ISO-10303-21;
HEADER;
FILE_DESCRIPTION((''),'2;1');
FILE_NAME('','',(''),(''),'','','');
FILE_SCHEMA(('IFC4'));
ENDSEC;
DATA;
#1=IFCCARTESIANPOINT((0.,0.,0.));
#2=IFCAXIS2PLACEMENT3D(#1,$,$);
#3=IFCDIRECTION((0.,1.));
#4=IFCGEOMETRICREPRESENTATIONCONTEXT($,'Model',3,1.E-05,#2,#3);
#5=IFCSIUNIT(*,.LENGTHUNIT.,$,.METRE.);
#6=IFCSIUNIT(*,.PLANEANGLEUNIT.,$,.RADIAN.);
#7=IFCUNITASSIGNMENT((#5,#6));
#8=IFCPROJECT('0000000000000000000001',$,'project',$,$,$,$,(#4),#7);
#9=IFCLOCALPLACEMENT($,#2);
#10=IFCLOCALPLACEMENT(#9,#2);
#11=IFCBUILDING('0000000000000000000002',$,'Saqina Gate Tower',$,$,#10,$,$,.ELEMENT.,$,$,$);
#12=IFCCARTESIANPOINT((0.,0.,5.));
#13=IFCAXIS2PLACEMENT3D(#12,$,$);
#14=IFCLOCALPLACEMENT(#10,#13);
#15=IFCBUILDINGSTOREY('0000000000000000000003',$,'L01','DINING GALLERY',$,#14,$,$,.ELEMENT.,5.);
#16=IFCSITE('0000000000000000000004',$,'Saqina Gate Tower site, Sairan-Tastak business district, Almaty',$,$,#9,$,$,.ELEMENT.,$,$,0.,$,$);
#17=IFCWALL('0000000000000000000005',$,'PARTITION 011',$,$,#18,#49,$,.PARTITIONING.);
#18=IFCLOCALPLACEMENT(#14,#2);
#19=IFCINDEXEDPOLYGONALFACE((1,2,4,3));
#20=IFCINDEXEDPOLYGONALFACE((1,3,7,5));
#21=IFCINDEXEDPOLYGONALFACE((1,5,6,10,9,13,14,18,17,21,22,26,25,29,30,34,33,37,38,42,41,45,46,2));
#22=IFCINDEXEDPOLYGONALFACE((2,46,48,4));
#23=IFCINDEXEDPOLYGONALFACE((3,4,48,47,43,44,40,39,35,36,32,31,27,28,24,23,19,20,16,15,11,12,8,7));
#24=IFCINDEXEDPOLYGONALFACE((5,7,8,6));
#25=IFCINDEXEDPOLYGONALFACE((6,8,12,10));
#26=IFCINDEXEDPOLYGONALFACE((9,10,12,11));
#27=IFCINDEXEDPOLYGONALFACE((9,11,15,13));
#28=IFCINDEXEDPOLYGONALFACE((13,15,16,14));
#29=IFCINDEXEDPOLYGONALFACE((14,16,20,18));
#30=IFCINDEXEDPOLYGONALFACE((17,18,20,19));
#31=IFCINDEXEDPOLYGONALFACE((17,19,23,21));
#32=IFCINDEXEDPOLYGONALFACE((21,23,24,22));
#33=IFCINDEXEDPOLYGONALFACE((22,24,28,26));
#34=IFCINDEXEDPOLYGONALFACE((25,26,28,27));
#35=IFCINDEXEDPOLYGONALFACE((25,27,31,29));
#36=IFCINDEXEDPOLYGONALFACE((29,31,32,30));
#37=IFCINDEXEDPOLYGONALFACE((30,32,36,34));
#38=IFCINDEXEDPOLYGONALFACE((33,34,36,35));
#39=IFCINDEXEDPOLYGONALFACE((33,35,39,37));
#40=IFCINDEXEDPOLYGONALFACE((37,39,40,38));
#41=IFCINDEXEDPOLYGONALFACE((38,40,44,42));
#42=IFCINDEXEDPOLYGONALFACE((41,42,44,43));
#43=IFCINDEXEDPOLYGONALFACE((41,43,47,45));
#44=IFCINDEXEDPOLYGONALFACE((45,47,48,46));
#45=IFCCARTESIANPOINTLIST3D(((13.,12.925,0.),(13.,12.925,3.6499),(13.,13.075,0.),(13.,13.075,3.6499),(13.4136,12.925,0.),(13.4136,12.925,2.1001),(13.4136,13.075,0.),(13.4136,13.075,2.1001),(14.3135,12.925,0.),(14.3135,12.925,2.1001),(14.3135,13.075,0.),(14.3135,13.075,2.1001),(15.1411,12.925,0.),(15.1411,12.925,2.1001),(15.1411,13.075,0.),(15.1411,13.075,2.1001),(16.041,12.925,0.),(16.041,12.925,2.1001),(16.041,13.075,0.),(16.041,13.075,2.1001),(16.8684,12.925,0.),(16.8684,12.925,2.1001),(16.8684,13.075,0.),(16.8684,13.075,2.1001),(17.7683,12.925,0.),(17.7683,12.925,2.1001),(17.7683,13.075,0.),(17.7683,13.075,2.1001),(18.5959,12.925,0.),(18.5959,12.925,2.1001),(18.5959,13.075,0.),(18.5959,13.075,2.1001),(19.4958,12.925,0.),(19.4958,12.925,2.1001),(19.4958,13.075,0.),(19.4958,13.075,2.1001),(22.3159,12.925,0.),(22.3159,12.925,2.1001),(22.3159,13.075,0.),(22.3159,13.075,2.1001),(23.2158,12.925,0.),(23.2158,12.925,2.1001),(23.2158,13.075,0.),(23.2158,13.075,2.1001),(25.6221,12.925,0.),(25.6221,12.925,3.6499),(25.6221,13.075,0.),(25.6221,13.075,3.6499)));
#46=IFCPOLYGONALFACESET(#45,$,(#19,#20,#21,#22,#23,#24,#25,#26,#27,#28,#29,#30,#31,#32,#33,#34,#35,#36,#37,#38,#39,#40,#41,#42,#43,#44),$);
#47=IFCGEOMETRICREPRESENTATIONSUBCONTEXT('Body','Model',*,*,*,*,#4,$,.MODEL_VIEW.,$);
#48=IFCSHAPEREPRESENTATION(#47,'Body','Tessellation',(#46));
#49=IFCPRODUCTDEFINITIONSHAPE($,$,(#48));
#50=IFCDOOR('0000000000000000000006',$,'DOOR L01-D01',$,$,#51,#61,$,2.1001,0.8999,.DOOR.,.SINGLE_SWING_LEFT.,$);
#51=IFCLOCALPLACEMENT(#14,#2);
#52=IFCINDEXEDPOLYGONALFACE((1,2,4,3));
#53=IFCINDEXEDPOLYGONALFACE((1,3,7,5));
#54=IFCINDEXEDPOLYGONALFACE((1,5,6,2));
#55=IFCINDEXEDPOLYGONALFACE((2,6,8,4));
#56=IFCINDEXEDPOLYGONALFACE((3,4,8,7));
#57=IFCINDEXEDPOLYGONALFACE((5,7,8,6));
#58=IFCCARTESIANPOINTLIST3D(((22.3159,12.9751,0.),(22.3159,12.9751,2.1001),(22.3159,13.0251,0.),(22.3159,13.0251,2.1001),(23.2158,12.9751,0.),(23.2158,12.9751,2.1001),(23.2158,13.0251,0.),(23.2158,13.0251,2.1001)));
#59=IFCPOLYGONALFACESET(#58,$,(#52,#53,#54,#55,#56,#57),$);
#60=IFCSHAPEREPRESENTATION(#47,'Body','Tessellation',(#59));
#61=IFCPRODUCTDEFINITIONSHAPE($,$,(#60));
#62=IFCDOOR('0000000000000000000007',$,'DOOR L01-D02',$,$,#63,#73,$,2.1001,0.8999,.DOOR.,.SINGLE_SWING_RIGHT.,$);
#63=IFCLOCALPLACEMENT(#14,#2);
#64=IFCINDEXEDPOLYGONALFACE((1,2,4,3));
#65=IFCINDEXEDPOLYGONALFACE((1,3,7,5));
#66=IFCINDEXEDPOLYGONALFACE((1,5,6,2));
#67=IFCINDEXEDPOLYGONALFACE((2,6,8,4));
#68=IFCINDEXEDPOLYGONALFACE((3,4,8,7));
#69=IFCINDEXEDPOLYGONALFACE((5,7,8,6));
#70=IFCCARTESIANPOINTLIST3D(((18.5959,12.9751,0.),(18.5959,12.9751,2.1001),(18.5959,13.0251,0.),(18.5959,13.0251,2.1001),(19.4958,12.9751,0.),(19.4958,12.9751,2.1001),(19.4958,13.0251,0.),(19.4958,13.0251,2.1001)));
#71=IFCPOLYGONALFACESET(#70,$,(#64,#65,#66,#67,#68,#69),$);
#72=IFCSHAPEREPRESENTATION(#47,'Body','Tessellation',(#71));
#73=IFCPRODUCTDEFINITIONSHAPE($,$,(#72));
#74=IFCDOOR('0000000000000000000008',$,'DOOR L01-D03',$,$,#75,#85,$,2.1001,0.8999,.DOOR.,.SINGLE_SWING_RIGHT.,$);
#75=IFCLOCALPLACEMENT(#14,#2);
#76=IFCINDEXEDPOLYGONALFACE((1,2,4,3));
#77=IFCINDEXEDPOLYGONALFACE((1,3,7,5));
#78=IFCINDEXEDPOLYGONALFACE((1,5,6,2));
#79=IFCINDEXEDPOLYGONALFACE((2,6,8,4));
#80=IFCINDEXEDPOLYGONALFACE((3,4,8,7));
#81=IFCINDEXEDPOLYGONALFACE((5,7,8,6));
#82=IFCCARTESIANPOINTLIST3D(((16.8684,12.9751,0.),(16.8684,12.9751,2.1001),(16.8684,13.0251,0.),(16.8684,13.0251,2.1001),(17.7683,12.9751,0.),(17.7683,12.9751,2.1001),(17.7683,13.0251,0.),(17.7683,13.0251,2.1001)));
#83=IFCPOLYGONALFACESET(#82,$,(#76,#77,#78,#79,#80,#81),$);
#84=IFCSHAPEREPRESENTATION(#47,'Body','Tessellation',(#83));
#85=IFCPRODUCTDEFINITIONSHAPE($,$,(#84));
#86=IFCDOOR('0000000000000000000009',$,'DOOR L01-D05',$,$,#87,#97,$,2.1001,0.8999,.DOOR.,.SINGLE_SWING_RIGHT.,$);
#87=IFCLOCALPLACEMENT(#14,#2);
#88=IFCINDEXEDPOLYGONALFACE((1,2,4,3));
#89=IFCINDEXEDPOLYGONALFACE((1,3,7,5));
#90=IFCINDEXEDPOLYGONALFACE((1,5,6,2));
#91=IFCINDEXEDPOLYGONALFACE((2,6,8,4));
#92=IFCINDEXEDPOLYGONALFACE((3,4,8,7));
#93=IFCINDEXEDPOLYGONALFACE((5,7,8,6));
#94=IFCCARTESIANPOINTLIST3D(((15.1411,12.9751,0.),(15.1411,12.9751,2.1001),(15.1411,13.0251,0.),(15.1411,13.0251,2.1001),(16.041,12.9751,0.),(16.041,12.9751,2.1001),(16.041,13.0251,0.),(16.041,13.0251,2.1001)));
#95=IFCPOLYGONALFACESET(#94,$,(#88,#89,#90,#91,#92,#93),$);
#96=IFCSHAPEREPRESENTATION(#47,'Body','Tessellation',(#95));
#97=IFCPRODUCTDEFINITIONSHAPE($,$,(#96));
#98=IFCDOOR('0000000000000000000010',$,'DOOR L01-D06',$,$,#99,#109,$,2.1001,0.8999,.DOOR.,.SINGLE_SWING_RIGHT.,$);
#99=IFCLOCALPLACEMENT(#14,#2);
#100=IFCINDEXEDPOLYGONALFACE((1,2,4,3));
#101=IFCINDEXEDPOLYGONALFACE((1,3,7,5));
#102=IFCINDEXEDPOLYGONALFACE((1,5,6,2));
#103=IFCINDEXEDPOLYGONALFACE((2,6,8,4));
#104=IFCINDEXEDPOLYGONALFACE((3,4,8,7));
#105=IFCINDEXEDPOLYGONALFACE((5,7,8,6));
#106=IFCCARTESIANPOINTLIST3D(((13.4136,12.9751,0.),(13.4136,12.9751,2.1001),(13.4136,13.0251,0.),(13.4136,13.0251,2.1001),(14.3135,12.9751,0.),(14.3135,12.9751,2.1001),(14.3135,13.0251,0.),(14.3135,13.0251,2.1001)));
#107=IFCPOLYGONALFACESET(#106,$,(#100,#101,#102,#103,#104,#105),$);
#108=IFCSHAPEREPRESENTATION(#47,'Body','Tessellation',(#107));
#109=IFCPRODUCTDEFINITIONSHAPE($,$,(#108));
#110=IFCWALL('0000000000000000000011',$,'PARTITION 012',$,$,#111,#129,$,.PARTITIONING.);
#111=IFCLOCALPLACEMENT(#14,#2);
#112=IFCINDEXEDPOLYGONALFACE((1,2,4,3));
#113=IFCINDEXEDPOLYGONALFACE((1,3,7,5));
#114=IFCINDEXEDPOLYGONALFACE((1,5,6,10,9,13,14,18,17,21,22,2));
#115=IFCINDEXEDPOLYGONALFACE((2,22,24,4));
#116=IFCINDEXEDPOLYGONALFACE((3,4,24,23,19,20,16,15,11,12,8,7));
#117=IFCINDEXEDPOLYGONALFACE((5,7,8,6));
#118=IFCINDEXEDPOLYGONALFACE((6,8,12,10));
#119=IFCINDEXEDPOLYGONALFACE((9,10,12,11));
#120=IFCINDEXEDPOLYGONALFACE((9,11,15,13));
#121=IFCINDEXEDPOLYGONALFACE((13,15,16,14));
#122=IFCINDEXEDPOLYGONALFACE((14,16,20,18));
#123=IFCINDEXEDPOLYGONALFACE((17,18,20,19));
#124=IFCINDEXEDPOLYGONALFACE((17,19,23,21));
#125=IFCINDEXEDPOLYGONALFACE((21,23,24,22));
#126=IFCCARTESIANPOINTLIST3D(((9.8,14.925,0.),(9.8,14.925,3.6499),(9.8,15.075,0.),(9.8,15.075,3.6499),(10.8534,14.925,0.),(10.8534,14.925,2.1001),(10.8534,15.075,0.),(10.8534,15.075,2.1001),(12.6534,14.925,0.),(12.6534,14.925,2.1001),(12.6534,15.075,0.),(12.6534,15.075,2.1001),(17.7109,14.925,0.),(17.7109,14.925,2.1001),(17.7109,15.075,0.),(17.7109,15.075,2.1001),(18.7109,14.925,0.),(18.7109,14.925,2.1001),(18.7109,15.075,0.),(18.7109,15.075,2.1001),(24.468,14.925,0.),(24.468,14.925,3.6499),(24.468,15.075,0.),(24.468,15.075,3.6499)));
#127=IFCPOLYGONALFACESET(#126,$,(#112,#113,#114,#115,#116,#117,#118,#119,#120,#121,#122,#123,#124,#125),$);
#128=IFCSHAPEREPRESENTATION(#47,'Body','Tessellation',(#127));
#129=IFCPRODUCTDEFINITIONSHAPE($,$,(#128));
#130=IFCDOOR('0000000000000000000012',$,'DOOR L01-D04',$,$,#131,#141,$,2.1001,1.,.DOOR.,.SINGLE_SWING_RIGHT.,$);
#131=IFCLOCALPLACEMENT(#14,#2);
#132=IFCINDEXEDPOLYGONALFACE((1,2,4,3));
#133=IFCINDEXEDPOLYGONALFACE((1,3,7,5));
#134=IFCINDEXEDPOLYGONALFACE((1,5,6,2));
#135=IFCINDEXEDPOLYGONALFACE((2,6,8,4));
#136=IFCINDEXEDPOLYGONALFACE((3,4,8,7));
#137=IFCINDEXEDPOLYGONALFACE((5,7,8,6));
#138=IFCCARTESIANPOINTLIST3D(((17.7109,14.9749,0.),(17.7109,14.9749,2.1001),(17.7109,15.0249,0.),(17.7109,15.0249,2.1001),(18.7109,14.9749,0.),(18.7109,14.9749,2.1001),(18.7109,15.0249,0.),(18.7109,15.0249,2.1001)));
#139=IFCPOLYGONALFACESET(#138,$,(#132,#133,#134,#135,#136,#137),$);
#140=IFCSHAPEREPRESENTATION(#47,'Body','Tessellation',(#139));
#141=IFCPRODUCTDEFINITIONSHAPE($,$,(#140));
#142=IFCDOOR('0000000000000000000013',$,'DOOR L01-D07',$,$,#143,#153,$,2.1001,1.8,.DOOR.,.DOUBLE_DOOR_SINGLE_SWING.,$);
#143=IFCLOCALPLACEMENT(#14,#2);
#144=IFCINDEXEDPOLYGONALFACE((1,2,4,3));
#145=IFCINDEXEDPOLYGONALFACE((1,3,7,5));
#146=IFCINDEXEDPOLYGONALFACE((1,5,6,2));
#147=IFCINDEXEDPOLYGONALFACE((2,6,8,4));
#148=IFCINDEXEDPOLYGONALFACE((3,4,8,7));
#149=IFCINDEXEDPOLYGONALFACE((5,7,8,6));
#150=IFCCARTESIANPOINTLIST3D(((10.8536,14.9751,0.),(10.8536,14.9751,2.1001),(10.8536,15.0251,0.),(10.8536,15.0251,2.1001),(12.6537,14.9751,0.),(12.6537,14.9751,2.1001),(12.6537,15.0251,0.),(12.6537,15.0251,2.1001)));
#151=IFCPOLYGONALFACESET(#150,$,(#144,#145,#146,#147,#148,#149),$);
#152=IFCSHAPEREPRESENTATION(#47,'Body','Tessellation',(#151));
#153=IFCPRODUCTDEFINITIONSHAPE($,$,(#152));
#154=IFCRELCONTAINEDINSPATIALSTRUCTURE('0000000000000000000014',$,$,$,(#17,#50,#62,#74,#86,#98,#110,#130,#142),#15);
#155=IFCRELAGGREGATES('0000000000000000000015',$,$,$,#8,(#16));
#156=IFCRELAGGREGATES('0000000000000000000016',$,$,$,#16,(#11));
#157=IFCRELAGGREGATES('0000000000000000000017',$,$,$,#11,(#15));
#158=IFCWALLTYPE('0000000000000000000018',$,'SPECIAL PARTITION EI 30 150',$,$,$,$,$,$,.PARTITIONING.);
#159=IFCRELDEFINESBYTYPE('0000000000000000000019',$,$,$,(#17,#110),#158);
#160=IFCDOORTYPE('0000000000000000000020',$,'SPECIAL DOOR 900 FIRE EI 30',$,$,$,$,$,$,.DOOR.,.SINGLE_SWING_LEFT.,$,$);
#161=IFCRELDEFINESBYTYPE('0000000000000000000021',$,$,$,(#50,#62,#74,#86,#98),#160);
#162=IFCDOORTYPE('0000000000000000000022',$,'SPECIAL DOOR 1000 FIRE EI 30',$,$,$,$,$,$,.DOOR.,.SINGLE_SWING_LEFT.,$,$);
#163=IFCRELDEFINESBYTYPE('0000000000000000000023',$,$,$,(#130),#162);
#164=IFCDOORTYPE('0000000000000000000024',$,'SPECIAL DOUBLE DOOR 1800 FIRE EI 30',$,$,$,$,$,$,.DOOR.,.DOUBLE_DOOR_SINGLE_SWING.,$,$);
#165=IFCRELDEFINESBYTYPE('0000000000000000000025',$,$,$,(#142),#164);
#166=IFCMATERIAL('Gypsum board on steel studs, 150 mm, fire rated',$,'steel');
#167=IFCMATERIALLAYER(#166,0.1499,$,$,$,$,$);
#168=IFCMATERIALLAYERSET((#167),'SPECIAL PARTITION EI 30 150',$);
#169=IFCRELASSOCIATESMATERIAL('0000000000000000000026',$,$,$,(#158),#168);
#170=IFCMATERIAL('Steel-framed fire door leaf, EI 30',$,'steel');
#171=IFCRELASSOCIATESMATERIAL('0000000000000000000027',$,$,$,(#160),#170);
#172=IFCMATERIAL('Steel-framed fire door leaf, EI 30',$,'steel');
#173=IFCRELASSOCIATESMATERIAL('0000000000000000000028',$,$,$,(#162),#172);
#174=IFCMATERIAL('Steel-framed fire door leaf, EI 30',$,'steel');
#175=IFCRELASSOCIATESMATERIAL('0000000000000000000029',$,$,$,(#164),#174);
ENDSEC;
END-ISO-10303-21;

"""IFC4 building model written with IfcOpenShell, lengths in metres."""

from ifc_helpers import new_model, si_unit, direction, frame, frame_2d, origin, place, context, subcontext, project, spatial, rectangle, extrude, material, layer, layer_set, type_object, element, fill, save


model = new_model("IFC4")

# Units and contexts
model_context = context("Model", 3, precision=1e-05, world=origin(), true_north=direction((0.0, 1.0)))
body_context = subcontext(model_context, "Body", "Model", "MODEL_VIEW")
ifc_project = project(units=[si_unit("LENGTHUNIT", "METRE"), si_unit("PLANEANGLEUNIT", "RADIAN")], contexts=[model_context])

# Site, building, storey
site_placement = place(None, origin())
site = spatial("IfcSite", under=ifc_project, at=site_placement, Name="Saqina Gate Tower site, Sairan-Tastak business district, Almaty", CompositionType="ELEMENT", RefElevation=0.0)
building_placement = place(site_placement, origin())
building = spatial("IfcBuilding", under=site, at=building_placement, Name="Saqina Gate Tower", CompositionType="ELEMENT")
storey_placement = place(building_placement, frame((0.0, 0.0, 5.0)))
storey = spatial("IfcBuildingStorey", under=building, at=storey_placement, Name="L01", Description="DINING GALLERY", CompositionType="ELEMENT", Elevation=5.0)

# Walls, openings, doors
ifc_material_1 = material(Name="Gypsum board on steel studs, 150 mm, fire rated", Category="steel")
ifc_layer_1 = layer(ifc_material_1, 0.1499)
ifc_layer_set_1 = layer_set([ifc_layer_1], Name="SPECIAL PARTITION EI 30 150")
wall_type_1 = type_object("IfcWallType", Name="SPECIAL PARTITION EI 30 150", PredefinedType="PARTITIONING", material=ifc_layer_set_1)
wall_1_placement = place(storey_placement, frame((13.0, 13.0, 0.0), z_axis=(0.0, 0.0, 1.0), x_axis=(1.0, 0.0, 0.0)))
wall_1 = element("IfcWall", 1, at=wall_1_placement, inside=storey, type_object=wall_type_1, Name="PARTITION 011", PredefinedType="PARTITIONING", context=body_context, shape_type="SweptSolid", body=[
    extrude(rectangle(XDim=12.6221, YDim=0.1499, at=frame_2d((6.311, 0.0))), origin(), (0.0, 0.0, 1.0), 3.6499),
])
opening_1_placement = place(wall_1_placement, frame((9.3159, 0.0, 0.0)))
opening_1 = element("IfcOpeningElement", 2, at=opening_1_placement, cuts=wall_1, PredefinedType="OPENING", context=body_context, shape_type="SweptSolid", body=[
    extrude(rectangle(XDim=0.8999, YDim=2.1001, at=frame_2d((0.45, 1.05))), frame((0.0, 0.0869, 0.0), z_axis=(0.0, -1.0, 0.0), x_axis=(1.0, 0.0, 0.0)), (0.0, 0.0, 1.0), 0.1738),
])
opening_2_placement = place(wall_1_placement, frame((5.5959, 0.0, 0.0)))
opening_2 = element("IfcOpeningElement", 3, at=opening_2_placement, cuts=wall_1, PredefinedType="OPENING", context=body_context, shape_type="SweptSolid", body=[
    extrude(rectangle(XDim=0.8999, YDim=2.1001, at=frame_2d((0.45, 1.05))), frame((0.0, 0.0869, 0.0), z_axis=(0.0, -1.0, 0.0), x_axis=(1.0, 0.0, 0.0)), (0.0, 0.0, 1.0), 0.1738),
])
opening_3_placement = place(wall_1_placement, frame((3.8684, 0.0, 0.0)))
opening_3 = element("IfcOpeningElement", 4, at=opening_3_placement, cuts=wall_1, PredefinedType="OPENING", context=body_context, shape_type="SweptSolid", body=[
    extrude(rectangle(XDim=0.8999, YDim=2.1001, at=frame_2d((0.45, 1.05))), frame((0.0, 0.0869, 0.0), z_axis=(0.0, -1.0, 0.0), x_axis=(1.0, 0.0, 0.0)), (0.0, 0.0, 1.0), 0.1738),
])
opening_4_placement = place(wall_1_placement, frame((2.1411, 0.0, 0.0)))
opening_4 = element("IfcOpeningElement", 5, at=opening_4_placement, cuts=wall_1, PredefinedType="OPENING", context=body_context, shape_type="SweptSolid", body=[
    extrude(rectangle(XDim=0.8999, YDim=2.1001, at=frame_2d((0.45, 1.05))), frame((0.0, 0.0869, 0.0), z_axis=(0.0, -1.0, 0.0), x_axis=(1.0, 0.0, 0.0)), (0.0, 0.0, 1.0), 0.1738),
])
opening_5_placement = place(wall_1_placement, frame((0.4136, 0.0, 0.0)))
opening_5 = element("IfcOpeningElement", 6, at=opening_5_placement, cuts=wall_1, PredefinedType="OPENING", context=body_context, shape_type="SweptSolid", body=[
    extrude(rectangle(XDim=0.8999, YDim=2.1001, at=frame_2d((0.45, 1.05))), frame((0.0, 0.0869, 0.0), z_axis=(0.0, -1.0, 0.0), x_axis=(1.0, 0.0, 0.0)), (0.0, 0.0, 1.0), 0.1738),
])
ifc_material_2 = material(Name="Steel-framed fire door leaf, EI 30", Category="steel")
door_type_1 = type_object("IfcDoorType", Name="SPECIAL DOOR 900 FIRE EI 30", OperationType="SINGLE_SWING_LEFT", PredefinedType="DOOR", material=ifc_material_2)
door_1_placement = place(opening_1_placement, frame((0.8999, 0.0, 0.0), z_axis=(0.0, 0.0, 1.0), x_axis=(-1.0, 0.0, 0.0)))
door_1 = element("IfcDoor", 7, at=door_1_placement, inside=storey, type_object=door_type_1, Name="DOOR L01-D01", OperationType="SINGLE_SWING_LEFT", OverallHeight=2.1001, OverallWidth=0.8999, PredefinedType="DOOR", context=body_context, shape_type="SweptSolid", body=[
    extrude(rectangle(XDim=0.8999, YDim=2.1001, at=frame_2d((0.45, 1.05))), frame((0.0, 0.0249, 0.0), z_axis=(0.0, -1.0, 0.0), x_axis=(1.0, 0.0, 0.0)), (0.0, 0.0, 1.0), 0.05),
])
fill(opening_1, door_1)
door_2_placement = place(opening_2_placement, frame((0.8999, 0.0, 0.0), z_axis=(0.0, 0.0, 1.0), x_axis=(-1.0, 0.0, 0.0)))
door_2 = element("IfcDoor", 8, at=door_2_placement, inside=storey, type_object=door_type_1, Name="DOOR L01-D02", OperationType="SINGLE_SWING_RIGHT", OverallHeight=2.1001, OverallWidth=0.8999, PredefinedType="DOOR", context=body_context, shape_type="SweptSolid", body=[
    extrude(rectangle(XDim=0.8999, YDim=2.1001, at=frame_2d((0.45, 1.05))), frame((0.0, 0.0249, 0.0), z_axis=(0.0, -1.0, 0.0), x_axis=(1.0, 0.0, 0.0)), (0.0, 0.0, 1.0), 0.05),
])
fill(opening_2, door_2)
door_3_placement = place(opening_3_placement, frame((0.8999, 0.0, 0.0), z_axis=(0.0, 0.0, 1.0), x_axis=(-1.0, 0.0, 0.0)))
door_3 = element("IfcDoor", 9, at=door_3_placement, inside=storey, type_object=door_type_1, Name="DOOR L01-D03", OperationType="SINGLE_SWING_RIGHT", OverallHeight=2.1001, OverallWidth=0.8999, PredefinedType="DOOR", context=body_context, shape_type="SweptSolid", body=[
    extrude(rectangle(XDim=0.8999, YDim=2.1001, at=frame_2d((0.45, 1.05))), frame((0.0, 0.0249, 0.0), z_axis=(0.0, -1.0, 0.0), x_axis=(1.0, 0.0, 0.0)), (0.0, 0.0, 1.0), 0.05),
])
fill(opening_3, door_3)
door_4_placement = place(opening_4_placement, frame((0.8999, 0.0, 0.0), z_axis=(0.0, 0.0, 1.0), x_axis=(-1.0, 0.0, 0.0)))
door_4 = element("IfcDoor", 10, at=door_4_placement, inside=storey, type_object=door_type_1, Name="DOOR L01-D05", OperationType="SINGLE_SWING_RIGHT", OverallHeight=2.1001, OverallWidth=0.8999, PredefinedType="DOOR", context=body_context, shape_type="SweptSolid", body=[
    extrude(rectangle(XDim=0.8999, YDim=2.1001, at=frame_2d((0.45, 1.05))), frame((0.0, 0.0249, 0.0), z_axis=(0.0, -1.0, 0.0), x_axis=(1.0, 0.0, 0.0)), (0.0, 0.0, 1.0), 0.05),
])
fill(opening_4, door_4)
door_5_placement = place(opening_5_placement, frame((0.8999, 0.0, 0.0), z_axis=(0.0, 0.0, 1.0), x_axis=(-1.0, 0.0, 0.0)))
door_5 = element("IfcDoor", 11, at=door_5_placement, inside=storey, type_object=door_type_1, Name="DOOR L01-D06", OperationType="SINGLE_SWING_RIGHT", OverallHeight=2.1001, OverallWidth=0.8999, PredefinedType="DOOR", context=body_context, shape_type="SweptSolid", body=[
    extrude(rectangle(XDim=0.8999, YDim=2.1001, at=frame_2d((0.45, 1.05))), frame((0.0, 0.0249, 0.0), z_axis=(0.0, -1.0, 0.0), x_axis=(1.0, 0.0, 0.0)), (0.0, 0.0, 1.0), 0.05),
])
fill(opening_5, door_5)
wall_2_placement = place(storey_placement, frame((9.8, 15.0, 0.0), z_axis=(0.0, 0.0, 1.0), x_axis=(1.0, 0.0, 0.0)))
wall_2 = element("IfcWall", 12, at=wall_2_placement, inside=storey, type_object=wall_type_1, Name="PARTITION 012", PredefinedType="PARTITIONING", context=body_context, shape_type="SweptSolid", body=[
    extrude(rectangle(XDim=14.668, YDim=0.1499, at=frame_2d((7.334, 0.0))), origin(), (0.0, 0.0, 1.0), 3.6499),
])
opening_6_placement = place(wall_2_placement, frame((7.9109, 0.0, 0.0)))
opening_6 = element("IfcOpeningElement", 13, at=opening_6_placement, cuts=wall_2, PredefinedType="OPENING", context=body_context, shape_type="SweptSolid", body=[
    extrude(rectangle(XDim=1.0, YDim=2.1001, at=frame_2d((0.5, 1.05))), frame((0.0, 0.0869, 0.0), z_axis=(0.0, -1.0, 0.0), x_axis=(1.0, 0.0, 0.0)), (0.0, 0.0, 1.0), 0.1738),
])
opening_7_placement = place(wall_2_placement, frame((1.0535, 0.0, 0.0)))
opening_7 = element("IfcOpeningElement", 14, at=opening_7_placement, cuts=wall_2, PredefinedType="OPENING", context=body_context, shape_type="SweptSolid", body=[
    extrude(rectangle(XDim=1.8, YDim=2.1001, at=frame_2d((0.8999, 1.05))), frame((0.0, 0.0869, 0.0), z_axis=(0.0, -1.0, 0.0), x_axis=(1.0, 0.0, 0.0)), (0.0, 0.0, 1.0), 0.1738),
])
ifc_material_3 = material(Name="Steel-framed fire door leaf, EI 30", Category="steel")
door_type_2 = type_object("IfcDoorType", Name="SPECIAL DOOR 1000 FIRE EI 30", OperationType="SINGLE_SWING_LEFT", PredefinedType="DOOR", material=ifc_material_3)
door_6_placement = place(opening_6_placement, origin())
door_6 = element("IfcDoor", 15, at=door_6_placement, inside=storey, type_object=door_type_2, Name="DOOR L01-D04", OperationType="SINGLE_SWING_RIGHT", OverallHeight=2.1001, OverallWidth=1.0, PredefinedType="DOOR", context=body_context, shape_type="SweptSolid", body=[
    extrude(rectangle(XDim=1.0, YDim=2.1001, at=frame_2d((0.5, 1.05))), frame((0.0, 0.0249, 0.0), z_axis=(0.0, -1.0, 0.0), x_axis=(1.0, 0.0, 0.0)), (0.0, 0.0, 1.0), 0.05),
])
fill(opening_6, door_6)
ifc_material_4 = material(Name="Steel-framed fire door leaf, EI 30", Category="steel")
door_type_3 = type_object("IfcDoorType", Name="SPECIAL DOUBLE DOOR 1800 FIRE EI 30", OperationType="DOUBLE_DOOR_SINGLE_SWING", PredefinedType="DOOR", material=ifc_material_4)
door_7_placement = place(opening_7_placement, frame((1.8, 0.0, 0.0), z_axis=(0.0, 0.0, 1.0), x_axis=(-1.0, 0.0, 0.0)))
door_7 = element("IfcDoor", 16, at=door_7_placement, inside=storey, type_object=door_type_3, Name="DOOR L01-D07", OperationType="DOUBLE_DOOR_SINGLE_SWING", OverallHeight=2.1001, OverallWidth=1.8, PredefinedType="DOOR", context=body_context, shape_type="SweptSolid", body=[
    extrude(rectangle(XDim=1.8, YDim=2.1001, at=frame_2d((0.8999, 1.05))), frame((0.0, 0.0249, 0.0), z_axis=(0.0, -1.0, 0.0), x_axis=(1.0, 0.0, 0.0)), (0.0, 0.0, 1.0), 0.05),
])
fill(opening_7, door_7)

save(model, "model.ifc")
